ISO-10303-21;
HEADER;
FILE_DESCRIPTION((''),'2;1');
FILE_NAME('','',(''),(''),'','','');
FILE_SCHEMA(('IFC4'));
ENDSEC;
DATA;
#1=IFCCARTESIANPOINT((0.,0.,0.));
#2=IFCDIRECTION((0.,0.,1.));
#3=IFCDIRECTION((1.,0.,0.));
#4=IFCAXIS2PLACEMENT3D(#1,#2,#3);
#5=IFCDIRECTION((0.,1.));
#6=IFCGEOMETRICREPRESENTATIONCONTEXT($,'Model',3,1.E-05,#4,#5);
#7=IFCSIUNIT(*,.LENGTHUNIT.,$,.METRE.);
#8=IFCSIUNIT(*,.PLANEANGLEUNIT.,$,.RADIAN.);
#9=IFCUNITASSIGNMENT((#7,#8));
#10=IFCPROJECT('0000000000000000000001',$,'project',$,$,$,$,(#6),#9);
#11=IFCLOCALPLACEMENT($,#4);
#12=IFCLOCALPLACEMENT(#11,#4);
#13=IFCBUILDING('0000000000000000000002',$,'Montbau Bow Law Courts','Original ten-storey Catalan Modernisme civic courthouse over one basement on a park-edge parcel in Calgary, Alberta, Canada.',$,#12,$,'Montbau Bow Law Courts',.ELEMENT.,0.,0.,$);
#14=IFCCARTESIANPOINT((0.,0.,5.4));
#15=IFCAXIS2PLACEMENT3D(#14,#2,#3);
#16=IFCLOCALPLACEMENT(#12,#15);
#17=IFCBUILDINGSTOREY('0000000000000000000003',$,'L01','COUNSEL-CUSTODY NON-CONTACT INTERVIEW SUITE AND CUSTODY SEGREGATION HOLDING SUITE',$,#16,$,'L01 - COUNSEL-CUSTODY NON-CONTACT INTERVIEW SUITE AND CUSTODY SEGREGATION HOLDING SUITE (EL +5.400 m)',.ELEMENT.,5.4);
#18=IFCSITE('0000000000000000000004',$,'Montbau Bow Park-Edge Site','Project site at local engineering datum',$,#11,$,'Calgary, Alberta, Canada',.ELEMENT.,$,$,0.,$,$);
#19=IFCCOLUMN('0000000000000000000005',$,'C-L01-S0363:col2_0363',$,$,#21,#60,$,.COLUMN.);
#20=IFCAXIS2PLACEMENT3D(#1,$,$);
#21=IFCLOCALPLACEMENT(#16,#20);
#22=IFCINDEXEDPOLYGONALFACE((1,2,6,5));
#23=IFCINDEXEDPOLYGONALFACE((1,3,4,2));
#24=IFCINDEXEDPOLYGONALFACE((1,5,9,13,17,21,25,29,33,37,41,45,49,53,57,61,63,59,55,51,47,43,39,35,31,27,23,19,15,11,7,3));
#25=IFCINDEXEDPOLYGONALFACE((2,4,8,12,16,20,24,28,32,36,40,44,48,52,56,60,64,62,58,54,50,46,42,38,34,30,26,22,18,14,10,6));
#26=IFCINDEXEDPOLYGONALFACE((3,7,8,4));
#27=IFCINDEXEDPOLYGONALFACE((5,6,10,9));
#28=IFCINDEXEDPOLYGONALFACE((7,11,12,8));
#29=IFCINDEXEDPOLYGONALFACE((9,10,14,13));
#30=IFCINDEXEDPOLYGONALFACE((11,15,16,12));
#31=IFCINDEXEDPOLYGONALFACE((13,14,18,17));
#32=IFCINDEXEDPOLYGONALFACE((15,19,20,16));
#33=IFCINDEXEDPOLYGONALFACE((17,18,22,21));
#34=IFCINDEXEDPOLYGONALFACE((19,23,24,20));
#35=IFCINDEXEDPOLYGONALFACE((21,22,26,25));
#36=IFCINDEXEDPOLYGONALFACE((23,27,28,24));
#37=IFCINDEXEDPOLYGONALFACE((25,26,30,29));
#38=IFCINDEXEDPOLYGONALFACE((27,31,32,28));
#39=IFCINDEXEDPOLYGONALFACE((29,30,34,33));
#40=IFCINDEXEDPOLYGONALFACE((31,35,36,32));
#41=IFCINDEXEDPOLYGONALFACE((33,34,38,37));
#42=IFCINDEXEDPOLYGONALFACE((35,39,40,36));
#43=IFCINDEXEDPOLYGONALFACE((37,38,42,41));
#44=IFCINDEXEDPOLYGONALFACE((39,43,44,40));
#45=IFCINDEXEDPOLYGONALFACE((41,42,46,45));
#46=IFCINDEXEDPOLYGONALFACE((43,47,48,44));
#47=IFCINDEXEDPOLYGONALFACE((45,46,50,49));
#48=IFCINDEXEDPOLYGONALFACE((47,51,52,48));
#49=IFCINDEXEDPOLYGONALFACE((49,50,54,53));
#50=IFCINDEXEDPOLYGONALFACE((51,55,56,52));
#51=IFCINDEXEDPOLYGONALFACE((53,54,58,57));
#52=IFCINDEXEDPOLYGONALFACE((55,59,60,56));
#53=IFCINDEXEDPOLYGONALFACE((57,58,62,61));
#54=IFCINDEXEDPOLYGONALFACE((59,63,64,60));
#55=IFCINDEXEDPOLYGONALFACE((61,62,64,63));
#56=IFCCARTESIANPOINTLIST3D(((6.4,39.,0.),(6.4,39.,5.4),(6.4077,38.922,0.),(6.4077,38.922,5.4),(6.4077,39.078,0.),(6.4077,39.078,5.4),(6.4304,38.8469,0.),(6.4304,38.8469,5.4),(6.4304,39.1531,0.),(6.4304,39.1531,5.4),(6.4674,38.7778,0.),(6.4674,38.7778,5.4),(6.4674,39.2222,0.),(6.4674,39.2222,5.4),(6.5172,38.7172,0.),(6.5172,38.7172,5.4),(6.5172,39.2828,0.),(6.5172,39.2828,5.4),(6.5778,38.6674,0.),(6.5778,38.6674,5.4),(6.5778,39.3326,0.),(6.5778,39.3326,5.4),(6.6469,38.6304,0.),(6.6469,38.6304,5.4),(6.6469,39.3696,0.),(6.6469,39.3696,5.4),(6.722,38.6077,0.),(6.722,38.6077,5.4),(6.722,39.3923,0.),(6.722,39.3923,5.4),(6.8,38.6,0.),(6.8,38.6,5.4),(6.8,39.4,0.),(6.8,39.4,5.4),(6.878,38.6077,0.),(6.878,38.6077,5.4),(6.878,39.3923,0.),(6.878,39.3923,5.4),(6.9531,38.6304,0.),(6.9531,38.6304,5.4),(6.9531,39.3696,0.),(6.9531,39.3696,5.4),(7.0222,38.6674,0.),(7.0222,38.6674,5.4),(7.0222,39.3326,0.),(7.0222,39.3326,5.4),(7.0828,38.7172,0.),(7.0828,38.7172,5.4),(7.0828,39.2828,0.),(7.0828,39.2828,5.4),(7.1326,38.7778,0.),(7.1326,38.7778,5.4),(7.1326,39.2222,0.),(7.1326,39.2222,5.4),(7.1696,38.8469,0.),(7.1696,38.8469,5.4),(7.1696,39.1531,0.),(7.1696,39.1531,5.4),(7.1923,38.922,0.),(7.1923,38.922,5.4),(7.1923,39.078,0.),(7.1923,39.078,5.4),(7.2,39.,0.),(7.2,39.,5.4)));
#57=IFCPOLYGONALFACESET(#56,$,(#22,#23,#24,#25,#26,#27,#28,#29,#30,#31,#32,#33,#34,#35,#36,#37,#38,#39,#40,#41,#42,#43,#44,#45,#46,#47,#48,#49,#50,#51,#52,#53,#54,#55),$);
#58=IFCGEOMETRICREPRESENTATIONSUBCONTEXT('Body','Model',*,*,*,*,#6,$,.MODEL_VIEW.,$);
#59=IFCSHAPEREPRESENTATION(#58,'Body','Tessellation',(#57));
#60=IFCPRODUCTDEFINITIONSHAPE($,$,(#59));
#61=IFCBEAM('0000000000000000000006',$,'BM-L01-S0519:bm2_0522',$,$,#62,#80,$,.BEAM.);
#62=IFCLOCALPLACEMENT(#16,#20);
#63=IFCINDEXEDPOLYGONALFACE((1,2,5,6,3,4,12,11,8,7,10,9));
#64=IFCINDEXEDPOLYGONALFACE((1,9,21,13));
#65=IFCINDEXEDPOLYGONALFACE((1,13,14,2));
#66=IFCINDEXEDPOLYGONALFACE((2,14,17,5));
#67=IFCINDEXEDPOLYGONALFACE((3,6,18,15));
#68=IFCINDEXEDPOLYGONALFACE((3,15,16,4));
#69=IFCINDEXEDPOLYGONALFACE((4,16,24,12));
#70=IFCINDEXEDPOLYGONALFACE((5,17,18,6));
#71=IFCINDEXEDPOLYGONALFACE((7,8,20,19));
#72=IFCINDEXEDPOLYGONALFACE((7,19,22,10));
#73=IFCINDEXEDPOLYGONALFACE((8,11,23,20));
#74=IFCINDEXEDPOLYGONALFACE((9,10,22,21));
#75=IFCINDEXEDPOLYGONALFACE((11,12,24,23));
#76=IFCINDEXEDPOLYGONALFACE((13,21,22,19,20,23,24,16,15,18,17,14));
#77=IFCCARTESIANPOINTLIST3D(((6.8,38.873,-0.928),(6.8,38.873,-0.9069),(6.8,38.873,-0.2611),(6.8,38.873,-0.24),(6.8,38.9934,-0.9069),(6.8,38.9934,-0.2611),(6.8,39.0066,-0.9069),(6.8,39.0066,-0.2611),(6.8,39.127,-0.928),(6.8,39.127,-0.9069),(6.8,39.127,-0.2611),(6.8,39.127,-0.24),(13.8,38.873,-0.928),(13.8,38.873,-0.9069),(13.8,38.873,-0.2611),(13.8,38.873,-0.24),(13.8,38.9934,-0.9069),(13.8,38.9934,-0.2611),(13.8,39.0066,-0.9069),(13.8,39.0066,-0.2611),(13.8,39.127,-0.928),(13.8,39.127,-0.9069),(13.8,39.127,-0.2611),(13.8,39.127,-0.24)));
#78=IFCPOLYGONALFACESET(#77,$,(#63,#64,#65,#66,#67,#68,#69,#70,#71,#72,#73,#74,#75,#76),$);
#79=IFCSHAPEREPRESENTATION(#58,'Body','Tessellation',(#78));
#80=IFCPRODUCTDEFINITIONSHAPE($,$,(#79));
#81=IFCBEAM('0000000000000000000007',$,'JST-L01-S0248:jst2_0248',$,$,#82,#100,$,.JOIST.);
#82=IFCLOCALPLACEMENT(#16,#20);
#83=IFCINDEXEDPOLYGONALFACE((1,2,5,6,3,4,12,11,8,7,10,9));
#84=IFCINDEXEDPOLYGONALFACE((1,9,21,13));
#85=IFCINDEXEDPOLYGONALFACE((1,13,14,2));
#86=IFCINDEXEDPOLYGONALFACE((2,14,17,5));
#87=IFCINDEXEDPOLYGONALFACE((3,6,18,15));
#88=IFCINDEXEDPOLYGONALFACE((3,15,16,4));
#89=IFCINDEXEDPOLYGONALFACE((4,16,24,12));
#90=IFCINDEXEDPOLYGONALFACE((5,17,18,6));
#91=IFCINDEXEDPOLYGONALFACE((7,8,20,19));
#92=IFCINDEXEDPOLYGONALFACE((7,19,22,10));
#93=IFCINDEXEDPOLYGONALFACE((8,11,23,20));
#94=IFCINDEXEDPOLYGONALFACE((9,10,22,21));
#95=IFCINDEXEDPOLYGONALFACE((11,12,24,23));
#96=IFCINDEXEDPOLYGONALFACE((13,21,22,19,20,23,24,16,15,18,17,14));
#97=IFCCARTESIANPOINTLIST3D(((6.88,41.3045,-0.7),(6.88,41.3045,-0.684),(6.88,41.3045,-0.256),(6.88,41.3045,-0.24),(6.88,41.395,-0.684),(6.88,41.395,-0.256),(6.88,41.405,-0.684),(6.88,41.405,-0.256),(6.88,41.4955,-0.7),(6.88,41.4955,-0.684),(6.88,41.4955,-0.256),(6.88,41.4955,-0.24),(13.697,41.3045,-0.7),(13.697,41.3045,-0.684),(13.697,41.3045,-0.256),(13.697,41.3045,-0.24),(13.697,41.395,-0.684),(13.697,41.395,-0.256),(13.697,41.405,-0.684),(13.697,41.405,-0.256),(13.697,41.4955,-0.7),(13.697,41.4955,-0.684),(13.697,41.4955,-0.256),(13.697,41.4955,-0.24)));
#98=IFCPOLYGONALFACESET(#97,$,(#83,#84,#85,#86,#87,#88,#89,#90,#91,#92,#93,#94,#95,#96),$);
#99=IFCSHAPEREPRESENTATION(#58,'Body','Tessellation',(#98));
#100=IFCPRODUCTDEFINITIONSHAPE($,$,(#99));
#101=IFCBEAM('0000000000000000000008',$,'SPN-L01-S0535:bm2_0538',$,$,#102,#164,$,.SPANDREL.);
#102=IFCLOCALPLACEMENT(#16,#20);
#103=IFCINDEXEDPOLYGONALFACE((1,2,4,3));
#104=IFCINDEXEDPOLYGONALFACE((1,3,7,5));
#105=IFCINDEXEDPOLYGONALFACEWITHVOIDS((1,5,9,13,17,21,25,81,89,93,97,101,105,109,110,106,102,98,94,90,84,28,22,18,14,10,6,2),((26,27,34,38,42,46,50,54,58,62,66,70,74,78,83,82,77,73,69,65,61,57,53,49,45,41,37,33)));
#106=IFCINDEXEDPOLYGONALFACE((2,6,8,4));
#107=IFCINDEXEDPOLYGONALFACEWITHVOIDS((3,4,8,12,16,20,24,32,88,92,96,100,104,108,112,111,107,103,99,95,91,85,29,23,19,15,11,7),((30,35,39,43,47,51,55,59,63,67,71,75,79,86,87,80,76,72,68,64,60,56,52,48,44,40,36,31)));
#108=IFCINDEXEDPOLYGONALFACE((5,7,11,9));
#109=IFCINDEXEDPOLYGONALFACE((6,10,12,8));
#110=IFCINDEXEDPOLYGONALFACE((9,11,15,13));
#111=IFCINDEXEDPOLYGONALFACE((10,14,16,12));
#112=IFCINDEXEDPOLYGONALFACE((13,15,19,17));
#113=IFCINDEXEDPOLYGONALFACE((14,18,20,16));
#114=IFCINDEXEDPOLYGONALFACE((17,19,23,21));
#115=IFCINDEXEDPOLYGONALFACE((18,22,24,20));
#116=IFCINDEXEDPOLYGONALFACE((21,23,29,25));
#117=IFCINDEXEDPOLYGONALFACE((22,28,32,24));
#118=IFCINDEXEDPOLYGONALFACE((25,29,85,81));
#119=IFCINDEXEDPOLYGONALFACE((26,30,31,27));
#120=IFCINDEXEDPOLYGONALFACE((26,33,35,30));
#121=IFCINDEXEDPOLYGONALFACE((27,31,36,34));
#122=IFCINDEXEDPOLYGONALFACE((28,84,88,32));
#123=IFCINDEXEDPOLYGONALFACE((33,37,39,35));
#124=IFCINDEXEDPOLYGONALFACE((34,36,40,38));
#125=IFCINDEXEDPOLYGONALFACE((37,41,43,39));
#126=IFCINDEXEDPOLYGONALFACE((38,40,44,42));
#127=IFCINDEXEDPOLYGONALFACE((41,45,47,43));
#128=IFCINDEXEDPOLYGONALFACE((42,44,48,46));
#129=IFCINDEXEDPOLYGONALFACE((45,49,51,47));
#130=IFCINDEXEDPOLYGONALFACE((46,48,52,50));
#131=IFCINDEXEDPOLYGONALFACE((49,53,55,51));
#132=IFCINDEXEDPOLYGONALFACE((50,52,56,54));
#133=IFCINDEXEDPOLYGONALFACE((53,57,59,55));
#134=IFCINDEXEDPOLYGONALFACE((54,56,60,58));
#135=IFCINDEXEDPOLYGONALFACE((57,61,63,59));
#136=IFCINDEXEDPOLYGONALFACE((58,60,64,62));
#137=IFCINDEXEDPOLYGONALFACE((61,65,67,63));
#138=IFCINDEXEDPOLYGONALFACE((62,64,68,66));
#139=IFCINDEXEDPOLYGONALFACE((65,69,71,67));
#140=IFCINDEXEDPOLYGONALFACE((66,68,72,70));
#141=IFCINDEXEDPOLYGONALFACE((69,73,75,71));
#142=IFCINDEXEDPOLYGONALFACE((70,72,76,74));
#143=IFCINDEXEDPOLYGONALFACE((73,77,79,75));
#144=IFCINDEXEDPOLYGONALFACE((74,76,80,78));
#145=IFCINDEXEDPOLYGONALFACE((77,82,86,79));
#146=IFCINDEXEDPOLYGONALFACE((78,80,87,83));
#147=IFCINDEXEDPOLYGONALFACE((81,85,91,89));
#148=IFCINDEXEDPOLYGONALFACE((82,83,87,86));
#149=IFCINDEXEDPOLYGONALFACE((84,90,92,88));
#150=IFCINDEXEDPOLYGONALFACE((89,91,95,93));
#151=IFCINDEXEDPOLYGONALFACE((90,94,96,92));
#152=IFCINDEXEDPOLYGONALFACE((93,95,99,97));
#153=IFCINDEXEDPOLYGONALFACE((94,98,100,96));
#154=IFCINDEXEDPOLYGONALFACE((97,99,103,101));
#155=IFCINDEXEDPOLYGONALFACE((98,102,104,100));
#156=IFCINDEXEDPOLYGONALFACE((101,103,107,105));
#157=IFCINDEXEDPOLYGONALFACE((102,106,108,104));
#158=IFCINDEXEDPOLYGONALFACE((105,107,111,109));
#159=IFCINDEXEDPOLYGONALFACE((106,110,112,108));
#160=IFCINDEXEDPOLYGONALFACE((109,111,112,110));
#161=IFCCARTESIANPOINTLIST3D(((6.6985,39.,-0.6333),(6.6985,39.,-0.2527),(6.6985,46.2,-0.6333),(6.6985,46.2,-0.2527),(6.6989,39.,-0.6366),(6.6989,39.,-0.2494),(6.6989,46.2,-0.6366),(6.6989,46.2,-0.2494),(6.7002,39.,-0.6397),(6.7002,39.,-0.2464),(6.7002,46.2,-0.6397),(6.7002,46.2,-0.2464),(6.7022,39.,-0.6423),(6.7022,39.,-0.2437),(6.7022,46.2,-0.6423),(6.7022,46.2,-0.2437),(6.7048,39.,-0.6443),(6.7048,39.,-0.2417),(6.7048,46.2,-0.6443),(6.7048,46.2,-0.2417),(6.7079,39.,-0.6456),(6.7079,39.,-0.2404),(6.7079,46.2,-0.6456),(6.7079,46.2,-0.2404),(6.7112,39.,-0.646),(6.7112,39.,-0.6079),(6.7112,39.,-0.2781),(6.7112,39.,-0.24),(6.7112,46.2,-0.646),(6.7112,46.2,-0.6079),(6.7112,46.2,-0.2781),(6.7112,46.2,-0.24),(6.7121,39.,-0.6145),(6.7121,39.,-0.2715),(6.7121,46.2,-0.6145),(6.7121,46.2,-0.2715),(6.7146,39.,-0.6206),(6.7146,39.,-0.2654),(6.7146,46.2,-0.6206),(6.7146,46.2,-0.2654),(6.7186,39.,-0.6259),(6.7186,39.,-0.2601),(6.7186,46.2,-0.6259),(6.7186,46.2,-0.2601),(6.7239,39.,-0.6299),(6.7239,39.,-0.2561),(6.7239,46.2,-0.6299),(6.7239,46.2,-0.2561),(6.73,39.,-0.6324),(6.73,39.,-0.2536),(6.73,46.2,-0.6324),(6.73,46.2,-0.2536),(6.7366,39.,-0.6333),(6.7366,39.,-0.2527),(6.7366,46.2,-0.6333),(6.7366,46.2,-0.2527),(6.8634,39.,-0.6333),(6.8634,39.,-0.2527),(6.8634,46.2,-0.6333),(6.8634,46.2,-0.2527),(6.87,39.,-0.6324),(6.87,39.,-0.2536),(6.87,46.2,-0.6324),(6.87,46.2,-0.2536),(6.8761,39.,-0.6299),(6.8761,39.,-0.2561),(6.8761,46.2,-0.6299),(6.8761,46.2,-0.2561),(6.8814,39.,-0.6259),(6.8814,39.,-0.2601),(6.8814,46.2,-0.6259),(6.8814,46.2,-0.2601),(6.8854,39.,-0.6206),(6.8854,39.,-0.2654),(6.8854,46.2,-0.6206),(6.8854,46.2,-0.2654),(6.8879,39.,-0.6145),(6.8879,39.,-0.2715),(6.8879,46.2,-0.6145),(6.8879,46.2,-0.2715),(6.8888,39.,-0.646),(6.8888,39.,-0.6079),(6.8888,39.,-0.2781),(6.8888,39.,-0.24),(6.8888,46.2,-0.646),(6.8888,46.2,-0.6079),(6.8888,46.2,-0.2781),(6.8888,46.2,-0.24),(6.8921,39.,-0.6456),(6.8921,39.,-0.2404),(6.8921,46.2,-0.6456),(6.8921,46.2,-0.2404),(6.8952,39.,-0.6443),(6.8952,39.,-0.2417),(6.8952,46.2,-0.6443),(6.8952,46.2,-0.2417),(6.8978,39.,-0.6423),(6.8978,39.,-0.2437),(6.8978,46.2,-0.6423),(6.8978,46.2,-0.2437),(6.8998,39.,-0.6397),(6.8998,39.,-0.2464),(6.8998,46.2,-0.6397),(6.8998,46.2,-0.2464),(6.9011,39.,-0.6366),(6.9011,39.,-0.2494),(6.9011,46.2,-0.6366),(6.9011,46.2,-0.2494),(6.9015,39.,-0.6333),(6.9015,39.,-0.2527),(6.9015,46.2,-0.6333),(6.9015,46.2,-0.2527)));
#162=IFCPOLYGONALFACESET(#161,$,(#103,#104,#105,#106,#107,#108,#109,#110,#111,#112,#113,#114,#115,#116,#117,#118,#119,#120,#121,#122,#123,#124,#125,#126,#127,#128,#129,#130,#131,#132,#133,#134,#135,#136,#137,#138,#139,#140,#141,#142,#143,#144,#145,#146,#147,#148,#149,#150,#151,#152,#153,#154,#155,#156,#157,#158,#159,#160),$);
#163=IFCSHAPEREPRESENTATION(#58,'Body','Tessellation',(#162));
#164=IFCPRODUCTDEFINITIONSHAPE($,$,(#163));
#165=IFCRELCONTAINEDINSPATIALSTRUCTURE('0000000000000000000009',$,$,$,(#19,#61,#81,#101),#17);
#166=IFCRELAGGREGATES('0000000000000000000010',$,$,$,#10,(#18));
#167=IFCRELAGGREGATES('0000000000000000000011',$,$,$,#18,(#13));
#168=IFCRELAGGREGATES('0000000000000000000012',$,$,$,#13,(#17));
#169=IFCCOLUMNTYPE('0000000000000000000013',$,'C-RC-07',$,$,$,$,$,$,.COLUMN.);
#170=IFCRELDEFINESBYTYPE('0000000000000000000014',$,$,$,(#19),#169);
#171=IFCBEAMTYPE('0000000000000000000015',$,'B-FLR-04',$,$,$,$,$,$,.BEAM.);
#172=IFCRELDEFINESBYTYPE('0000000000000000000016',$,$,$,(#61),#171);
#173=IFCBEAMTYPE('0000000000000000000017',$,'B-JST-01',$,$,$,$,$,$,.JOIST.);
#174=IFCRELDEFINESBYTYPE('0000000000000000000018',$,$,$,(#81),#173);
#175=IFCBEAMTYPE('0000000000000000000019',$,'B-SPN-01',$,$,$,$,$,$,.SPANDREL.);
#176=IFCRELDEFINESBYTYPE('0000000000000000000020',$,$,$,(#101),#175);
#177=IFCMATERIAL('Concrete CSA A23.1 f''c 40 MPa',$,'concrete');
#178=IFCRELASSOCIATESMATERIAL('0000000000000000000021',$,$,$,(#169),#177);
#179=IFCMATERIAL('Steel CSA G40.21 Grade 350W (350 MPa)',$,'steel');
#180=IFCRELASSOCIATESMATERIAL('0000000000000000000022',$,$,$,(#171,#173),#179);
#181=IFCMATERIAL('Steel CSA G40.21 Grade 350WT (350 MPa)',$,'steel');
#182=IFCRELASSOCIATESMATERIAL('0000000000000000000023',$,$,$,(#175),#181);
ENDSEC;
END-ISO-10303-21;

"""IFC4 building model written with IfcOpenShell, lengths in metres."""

from ifc_helpers import new_model, si_unit, direction, frame, origin_with_axes, origin_2d_with_axis, place, context, subcontext, project, spatial, hollow_rectangle, circle, i_section, extrude, material, material_profile, profile_set, type_object, element, save


model = new_model("IFC4")

# Units and contexts
model_context = context("Model", 3, precision=1e-05, world=origin_with_axes(), true_north=direction((0.0, 1.0)))
body_context = subcontext(model_context, "Body", "Model", "MODEL_VIEW")
ifc_project = project(units=[si_unit("LENGTHUNIT", "METRE"), si_unit("PLANEANGLEUNIT", "RADIAN")], contexts=[model_context])

# Site, building, storey
site_placement = place(None, origin_with_axes())
site = spatial("IfcSite", under=ifc_project, at=site_placement, Name="Montbau Bow Park-Edge Site", Description="Project site at local engineering datum", LongName="Calgary, Alberta, Canada", CompositionType="ELEMENT", RefElevation=0.0)
building_placement = place(site_placement, origin_with_axes())
building = spatial("IfcBuilding", under=site, at=building_placement, Name="Montbau Bow Law Courts", Description="Original ten-storey Catalan Modernisme civic courthouse over one basement on a park-edge parcel in Calgary, Alberta, Canada.", LongName="Montbau Bow Law Courts", CompositionType="ELEMENT", ElevationOfRefHeight=0.0, ElevationOfTerrain=0.0)
storey_placement = place(building_placement, frame((0.0, 0.0, 5.4), z_axis=(0.0, 0.0, 1.0), x_axis=(1.0, 0.0, 0.0)))
storey = spatial("IfcBuildingStorey", under=building, at=storey_placement, Name="L01", Description="COUNSEL-CUSTODY NON-CONTACT INTERVIEW SUITE AND CUSTODY SEGREGATION HOLDING SUITE", LongName="L01 - COUNSEL-CUSTODY NON-CONTACT INTERVIEW SUITE AND CUSTODY SEGREGATION HOLDING SUITE (EL +5.400 m)", CompositionType="ELEMENT", Elevation=5.4)

# Column
ifc_material_1 = material(Name="Concrete CSA A23.1 f'c 40 MPa", Category="concrete")
ifc_material_profile_1 = material_profile(ifc_material_1, circle(Radius=0.4, at=origin_2d_with_axis()), Name="RC800D", Category="Main", Priority=0)
ifc_profile_set_1 = profile_set([ifc_material_profile_1], Name="Concrete CSA A23.1 f'c 40 MPa")
column_type = type_object("IfcColumnType", Name="C-RC-07", PredefinedType="COLUMN", material=ifc_profile_set_1)
column_placement = place(None, frame((6.8, 39.0, 5.4), z_axis=(0.0, 0.0, 1.0), x_axis=(1.0, 0.0, 0.0)))
element("IfcColumn", 1, at=column_placement, inside=storey, type_object=column_type, Name="C-L01-S0363:col2_0363", PredefinedType="COLUMN", context=body_context, shape_type="SweptSolid", body=[
    extrude(circle(Radius=0.4, at=origin_2d_with_axis()), origin_with_axes(), (0.0, 0.0, 1.0), 5.4),
])

# Beams
ifc_material_2 = material(Name="Steel CSA G40.21 Grade 350W (350 MPa)", Category="steel")
ifc_material_profile_2 = material_profile(ifc_material_2, i_section(OverallWidth=0.254, OverallDepth=0.688, WebThickness=0.0131, FlangeThickness=0.0211, at=origin_2d_with_axis()), Name="W690X152", Category="Main", Priority=0)
ifc_profile_set_2 = profile_set([ifc_material_profile_2], Name="Steel CSA G40.21 Grade 350W (350 MPa)")
beam_type_1 = type_object("IfcBeamType", Name="B-FLR-04", PredefinedType="BEAM", material=ifc_profile_set_2)
beam_1_placement = place(None, frame((6.8, 39.0, 4.816), z_axis=(1.0, 0.0, 0.0), x_axis=(0.0, 1.0, 0.0)))
element("IfcBeam", 2, at=beam_1_placement, inside=storey, type_object=beam_type_1, Name="BM-L01-S0519:bm2_0522", PredefinedType="BEAM", context=body_context, shape_type="SweptSolid", body=[
    extrude(i_section(OverallWidth=0.254, OverallDepth=0.688, WebThickness=0.0131, FlangeThickness=0.0211, at=origin_2d_with_axis()), origin_with_axes(), (0.0, 0.0, 1.0), 7.0),
])
ifc_material_profile_3 = material_profile(ifc_material_2, i_section(OverallWidth=0.191, OverallDepth=0.46, WebThickness=0.0099, FlangeThickness=0.016, at=origin_2d_with_axis()), Name="W460X82", Category="Main", Priority=0)
ifc_profile_set_3 = profile_set([ifc_material_profile_3], Name="Steel CSA G40.21 Grade 350W (350 MPa)")
beam_type_2 = type_object("IfcBeamType", Name="B-JST-01", PredefinedType="JOIST", material=ifc_profile_set_3)
beam_2_placement = place(None, frame((6.88, 41.4, 4.93), z_axis=(1.0, 0.0, 0.0), x_axis=(0.0, 1.0, 0.0)))
element("IfcBeam", 3, at=beam_2_placement, inside=storey, type_object=beam_type_2, Name="JST-L01-S0248:jst2_0248", PredefinedType="JOIST", context=body_context, shape_type="SweptSolid", body=[
    extrude(i_section(OverallWidth=0.191, OverallDepth=0.46, WebThickness=0.0099, FlangeThickness=0.016, at=origin_2d_with_axis()), origin_with_axes(), (0.0, 0.0, 1.0), 6.817),
])
ifc_material_3 = material(Name="Steel CSA G40.21 Grade 350WT (350 MPa)", Category="steel")
ifc_material_profile_4 = material_profile(ifc_material_3, hollow_rectangle(XDim=0.203, YDim=0.406, WallThickness=0.0127, InnerFilletRadius=0.0254, OuterFilletRadius=0.0127, at=origin_2d_with_axis()), Name="HSS406X203X13", Category="Main", Priority=0)
ifc_profile_set_4 = profile_set([ifc_material_profile_4], Name="Steel CSA G40.21 Grade 350WT (350 MPa)")
beam_type_3 = type_object("IfcBeamType", Name="B-SPN-01", PredefinedType="SPANDREL", material=ifc_profile_set_4)
beam_3_placement = place(None, frame((6.8, 39.0, 4.957), z_axis=(0.0, 1.0, 0.0), x_axis=(-1.0, 0.0, 0.0)))
element("IfcBeam", 4, at=beam_3_placement, inside=storey, type_object=beam_type_3, Name="SPN-L01-S0535:bm2_0538", PredefinedType="SPANDREL", context=body_context, shape_type="SweptSolid", body=[
    extrude(hollow_rectangle(XDim=0.203, YDim=0.406, WallThickness=0.0127, InnerFilletRadius=0.0254, OuterFilletRadius=0.0127, at=origin_2d_with_axis()), origin_with_axes(), (0.0, 0.0, 1.0), 7.2),
])

save(model, "model.ifc")
